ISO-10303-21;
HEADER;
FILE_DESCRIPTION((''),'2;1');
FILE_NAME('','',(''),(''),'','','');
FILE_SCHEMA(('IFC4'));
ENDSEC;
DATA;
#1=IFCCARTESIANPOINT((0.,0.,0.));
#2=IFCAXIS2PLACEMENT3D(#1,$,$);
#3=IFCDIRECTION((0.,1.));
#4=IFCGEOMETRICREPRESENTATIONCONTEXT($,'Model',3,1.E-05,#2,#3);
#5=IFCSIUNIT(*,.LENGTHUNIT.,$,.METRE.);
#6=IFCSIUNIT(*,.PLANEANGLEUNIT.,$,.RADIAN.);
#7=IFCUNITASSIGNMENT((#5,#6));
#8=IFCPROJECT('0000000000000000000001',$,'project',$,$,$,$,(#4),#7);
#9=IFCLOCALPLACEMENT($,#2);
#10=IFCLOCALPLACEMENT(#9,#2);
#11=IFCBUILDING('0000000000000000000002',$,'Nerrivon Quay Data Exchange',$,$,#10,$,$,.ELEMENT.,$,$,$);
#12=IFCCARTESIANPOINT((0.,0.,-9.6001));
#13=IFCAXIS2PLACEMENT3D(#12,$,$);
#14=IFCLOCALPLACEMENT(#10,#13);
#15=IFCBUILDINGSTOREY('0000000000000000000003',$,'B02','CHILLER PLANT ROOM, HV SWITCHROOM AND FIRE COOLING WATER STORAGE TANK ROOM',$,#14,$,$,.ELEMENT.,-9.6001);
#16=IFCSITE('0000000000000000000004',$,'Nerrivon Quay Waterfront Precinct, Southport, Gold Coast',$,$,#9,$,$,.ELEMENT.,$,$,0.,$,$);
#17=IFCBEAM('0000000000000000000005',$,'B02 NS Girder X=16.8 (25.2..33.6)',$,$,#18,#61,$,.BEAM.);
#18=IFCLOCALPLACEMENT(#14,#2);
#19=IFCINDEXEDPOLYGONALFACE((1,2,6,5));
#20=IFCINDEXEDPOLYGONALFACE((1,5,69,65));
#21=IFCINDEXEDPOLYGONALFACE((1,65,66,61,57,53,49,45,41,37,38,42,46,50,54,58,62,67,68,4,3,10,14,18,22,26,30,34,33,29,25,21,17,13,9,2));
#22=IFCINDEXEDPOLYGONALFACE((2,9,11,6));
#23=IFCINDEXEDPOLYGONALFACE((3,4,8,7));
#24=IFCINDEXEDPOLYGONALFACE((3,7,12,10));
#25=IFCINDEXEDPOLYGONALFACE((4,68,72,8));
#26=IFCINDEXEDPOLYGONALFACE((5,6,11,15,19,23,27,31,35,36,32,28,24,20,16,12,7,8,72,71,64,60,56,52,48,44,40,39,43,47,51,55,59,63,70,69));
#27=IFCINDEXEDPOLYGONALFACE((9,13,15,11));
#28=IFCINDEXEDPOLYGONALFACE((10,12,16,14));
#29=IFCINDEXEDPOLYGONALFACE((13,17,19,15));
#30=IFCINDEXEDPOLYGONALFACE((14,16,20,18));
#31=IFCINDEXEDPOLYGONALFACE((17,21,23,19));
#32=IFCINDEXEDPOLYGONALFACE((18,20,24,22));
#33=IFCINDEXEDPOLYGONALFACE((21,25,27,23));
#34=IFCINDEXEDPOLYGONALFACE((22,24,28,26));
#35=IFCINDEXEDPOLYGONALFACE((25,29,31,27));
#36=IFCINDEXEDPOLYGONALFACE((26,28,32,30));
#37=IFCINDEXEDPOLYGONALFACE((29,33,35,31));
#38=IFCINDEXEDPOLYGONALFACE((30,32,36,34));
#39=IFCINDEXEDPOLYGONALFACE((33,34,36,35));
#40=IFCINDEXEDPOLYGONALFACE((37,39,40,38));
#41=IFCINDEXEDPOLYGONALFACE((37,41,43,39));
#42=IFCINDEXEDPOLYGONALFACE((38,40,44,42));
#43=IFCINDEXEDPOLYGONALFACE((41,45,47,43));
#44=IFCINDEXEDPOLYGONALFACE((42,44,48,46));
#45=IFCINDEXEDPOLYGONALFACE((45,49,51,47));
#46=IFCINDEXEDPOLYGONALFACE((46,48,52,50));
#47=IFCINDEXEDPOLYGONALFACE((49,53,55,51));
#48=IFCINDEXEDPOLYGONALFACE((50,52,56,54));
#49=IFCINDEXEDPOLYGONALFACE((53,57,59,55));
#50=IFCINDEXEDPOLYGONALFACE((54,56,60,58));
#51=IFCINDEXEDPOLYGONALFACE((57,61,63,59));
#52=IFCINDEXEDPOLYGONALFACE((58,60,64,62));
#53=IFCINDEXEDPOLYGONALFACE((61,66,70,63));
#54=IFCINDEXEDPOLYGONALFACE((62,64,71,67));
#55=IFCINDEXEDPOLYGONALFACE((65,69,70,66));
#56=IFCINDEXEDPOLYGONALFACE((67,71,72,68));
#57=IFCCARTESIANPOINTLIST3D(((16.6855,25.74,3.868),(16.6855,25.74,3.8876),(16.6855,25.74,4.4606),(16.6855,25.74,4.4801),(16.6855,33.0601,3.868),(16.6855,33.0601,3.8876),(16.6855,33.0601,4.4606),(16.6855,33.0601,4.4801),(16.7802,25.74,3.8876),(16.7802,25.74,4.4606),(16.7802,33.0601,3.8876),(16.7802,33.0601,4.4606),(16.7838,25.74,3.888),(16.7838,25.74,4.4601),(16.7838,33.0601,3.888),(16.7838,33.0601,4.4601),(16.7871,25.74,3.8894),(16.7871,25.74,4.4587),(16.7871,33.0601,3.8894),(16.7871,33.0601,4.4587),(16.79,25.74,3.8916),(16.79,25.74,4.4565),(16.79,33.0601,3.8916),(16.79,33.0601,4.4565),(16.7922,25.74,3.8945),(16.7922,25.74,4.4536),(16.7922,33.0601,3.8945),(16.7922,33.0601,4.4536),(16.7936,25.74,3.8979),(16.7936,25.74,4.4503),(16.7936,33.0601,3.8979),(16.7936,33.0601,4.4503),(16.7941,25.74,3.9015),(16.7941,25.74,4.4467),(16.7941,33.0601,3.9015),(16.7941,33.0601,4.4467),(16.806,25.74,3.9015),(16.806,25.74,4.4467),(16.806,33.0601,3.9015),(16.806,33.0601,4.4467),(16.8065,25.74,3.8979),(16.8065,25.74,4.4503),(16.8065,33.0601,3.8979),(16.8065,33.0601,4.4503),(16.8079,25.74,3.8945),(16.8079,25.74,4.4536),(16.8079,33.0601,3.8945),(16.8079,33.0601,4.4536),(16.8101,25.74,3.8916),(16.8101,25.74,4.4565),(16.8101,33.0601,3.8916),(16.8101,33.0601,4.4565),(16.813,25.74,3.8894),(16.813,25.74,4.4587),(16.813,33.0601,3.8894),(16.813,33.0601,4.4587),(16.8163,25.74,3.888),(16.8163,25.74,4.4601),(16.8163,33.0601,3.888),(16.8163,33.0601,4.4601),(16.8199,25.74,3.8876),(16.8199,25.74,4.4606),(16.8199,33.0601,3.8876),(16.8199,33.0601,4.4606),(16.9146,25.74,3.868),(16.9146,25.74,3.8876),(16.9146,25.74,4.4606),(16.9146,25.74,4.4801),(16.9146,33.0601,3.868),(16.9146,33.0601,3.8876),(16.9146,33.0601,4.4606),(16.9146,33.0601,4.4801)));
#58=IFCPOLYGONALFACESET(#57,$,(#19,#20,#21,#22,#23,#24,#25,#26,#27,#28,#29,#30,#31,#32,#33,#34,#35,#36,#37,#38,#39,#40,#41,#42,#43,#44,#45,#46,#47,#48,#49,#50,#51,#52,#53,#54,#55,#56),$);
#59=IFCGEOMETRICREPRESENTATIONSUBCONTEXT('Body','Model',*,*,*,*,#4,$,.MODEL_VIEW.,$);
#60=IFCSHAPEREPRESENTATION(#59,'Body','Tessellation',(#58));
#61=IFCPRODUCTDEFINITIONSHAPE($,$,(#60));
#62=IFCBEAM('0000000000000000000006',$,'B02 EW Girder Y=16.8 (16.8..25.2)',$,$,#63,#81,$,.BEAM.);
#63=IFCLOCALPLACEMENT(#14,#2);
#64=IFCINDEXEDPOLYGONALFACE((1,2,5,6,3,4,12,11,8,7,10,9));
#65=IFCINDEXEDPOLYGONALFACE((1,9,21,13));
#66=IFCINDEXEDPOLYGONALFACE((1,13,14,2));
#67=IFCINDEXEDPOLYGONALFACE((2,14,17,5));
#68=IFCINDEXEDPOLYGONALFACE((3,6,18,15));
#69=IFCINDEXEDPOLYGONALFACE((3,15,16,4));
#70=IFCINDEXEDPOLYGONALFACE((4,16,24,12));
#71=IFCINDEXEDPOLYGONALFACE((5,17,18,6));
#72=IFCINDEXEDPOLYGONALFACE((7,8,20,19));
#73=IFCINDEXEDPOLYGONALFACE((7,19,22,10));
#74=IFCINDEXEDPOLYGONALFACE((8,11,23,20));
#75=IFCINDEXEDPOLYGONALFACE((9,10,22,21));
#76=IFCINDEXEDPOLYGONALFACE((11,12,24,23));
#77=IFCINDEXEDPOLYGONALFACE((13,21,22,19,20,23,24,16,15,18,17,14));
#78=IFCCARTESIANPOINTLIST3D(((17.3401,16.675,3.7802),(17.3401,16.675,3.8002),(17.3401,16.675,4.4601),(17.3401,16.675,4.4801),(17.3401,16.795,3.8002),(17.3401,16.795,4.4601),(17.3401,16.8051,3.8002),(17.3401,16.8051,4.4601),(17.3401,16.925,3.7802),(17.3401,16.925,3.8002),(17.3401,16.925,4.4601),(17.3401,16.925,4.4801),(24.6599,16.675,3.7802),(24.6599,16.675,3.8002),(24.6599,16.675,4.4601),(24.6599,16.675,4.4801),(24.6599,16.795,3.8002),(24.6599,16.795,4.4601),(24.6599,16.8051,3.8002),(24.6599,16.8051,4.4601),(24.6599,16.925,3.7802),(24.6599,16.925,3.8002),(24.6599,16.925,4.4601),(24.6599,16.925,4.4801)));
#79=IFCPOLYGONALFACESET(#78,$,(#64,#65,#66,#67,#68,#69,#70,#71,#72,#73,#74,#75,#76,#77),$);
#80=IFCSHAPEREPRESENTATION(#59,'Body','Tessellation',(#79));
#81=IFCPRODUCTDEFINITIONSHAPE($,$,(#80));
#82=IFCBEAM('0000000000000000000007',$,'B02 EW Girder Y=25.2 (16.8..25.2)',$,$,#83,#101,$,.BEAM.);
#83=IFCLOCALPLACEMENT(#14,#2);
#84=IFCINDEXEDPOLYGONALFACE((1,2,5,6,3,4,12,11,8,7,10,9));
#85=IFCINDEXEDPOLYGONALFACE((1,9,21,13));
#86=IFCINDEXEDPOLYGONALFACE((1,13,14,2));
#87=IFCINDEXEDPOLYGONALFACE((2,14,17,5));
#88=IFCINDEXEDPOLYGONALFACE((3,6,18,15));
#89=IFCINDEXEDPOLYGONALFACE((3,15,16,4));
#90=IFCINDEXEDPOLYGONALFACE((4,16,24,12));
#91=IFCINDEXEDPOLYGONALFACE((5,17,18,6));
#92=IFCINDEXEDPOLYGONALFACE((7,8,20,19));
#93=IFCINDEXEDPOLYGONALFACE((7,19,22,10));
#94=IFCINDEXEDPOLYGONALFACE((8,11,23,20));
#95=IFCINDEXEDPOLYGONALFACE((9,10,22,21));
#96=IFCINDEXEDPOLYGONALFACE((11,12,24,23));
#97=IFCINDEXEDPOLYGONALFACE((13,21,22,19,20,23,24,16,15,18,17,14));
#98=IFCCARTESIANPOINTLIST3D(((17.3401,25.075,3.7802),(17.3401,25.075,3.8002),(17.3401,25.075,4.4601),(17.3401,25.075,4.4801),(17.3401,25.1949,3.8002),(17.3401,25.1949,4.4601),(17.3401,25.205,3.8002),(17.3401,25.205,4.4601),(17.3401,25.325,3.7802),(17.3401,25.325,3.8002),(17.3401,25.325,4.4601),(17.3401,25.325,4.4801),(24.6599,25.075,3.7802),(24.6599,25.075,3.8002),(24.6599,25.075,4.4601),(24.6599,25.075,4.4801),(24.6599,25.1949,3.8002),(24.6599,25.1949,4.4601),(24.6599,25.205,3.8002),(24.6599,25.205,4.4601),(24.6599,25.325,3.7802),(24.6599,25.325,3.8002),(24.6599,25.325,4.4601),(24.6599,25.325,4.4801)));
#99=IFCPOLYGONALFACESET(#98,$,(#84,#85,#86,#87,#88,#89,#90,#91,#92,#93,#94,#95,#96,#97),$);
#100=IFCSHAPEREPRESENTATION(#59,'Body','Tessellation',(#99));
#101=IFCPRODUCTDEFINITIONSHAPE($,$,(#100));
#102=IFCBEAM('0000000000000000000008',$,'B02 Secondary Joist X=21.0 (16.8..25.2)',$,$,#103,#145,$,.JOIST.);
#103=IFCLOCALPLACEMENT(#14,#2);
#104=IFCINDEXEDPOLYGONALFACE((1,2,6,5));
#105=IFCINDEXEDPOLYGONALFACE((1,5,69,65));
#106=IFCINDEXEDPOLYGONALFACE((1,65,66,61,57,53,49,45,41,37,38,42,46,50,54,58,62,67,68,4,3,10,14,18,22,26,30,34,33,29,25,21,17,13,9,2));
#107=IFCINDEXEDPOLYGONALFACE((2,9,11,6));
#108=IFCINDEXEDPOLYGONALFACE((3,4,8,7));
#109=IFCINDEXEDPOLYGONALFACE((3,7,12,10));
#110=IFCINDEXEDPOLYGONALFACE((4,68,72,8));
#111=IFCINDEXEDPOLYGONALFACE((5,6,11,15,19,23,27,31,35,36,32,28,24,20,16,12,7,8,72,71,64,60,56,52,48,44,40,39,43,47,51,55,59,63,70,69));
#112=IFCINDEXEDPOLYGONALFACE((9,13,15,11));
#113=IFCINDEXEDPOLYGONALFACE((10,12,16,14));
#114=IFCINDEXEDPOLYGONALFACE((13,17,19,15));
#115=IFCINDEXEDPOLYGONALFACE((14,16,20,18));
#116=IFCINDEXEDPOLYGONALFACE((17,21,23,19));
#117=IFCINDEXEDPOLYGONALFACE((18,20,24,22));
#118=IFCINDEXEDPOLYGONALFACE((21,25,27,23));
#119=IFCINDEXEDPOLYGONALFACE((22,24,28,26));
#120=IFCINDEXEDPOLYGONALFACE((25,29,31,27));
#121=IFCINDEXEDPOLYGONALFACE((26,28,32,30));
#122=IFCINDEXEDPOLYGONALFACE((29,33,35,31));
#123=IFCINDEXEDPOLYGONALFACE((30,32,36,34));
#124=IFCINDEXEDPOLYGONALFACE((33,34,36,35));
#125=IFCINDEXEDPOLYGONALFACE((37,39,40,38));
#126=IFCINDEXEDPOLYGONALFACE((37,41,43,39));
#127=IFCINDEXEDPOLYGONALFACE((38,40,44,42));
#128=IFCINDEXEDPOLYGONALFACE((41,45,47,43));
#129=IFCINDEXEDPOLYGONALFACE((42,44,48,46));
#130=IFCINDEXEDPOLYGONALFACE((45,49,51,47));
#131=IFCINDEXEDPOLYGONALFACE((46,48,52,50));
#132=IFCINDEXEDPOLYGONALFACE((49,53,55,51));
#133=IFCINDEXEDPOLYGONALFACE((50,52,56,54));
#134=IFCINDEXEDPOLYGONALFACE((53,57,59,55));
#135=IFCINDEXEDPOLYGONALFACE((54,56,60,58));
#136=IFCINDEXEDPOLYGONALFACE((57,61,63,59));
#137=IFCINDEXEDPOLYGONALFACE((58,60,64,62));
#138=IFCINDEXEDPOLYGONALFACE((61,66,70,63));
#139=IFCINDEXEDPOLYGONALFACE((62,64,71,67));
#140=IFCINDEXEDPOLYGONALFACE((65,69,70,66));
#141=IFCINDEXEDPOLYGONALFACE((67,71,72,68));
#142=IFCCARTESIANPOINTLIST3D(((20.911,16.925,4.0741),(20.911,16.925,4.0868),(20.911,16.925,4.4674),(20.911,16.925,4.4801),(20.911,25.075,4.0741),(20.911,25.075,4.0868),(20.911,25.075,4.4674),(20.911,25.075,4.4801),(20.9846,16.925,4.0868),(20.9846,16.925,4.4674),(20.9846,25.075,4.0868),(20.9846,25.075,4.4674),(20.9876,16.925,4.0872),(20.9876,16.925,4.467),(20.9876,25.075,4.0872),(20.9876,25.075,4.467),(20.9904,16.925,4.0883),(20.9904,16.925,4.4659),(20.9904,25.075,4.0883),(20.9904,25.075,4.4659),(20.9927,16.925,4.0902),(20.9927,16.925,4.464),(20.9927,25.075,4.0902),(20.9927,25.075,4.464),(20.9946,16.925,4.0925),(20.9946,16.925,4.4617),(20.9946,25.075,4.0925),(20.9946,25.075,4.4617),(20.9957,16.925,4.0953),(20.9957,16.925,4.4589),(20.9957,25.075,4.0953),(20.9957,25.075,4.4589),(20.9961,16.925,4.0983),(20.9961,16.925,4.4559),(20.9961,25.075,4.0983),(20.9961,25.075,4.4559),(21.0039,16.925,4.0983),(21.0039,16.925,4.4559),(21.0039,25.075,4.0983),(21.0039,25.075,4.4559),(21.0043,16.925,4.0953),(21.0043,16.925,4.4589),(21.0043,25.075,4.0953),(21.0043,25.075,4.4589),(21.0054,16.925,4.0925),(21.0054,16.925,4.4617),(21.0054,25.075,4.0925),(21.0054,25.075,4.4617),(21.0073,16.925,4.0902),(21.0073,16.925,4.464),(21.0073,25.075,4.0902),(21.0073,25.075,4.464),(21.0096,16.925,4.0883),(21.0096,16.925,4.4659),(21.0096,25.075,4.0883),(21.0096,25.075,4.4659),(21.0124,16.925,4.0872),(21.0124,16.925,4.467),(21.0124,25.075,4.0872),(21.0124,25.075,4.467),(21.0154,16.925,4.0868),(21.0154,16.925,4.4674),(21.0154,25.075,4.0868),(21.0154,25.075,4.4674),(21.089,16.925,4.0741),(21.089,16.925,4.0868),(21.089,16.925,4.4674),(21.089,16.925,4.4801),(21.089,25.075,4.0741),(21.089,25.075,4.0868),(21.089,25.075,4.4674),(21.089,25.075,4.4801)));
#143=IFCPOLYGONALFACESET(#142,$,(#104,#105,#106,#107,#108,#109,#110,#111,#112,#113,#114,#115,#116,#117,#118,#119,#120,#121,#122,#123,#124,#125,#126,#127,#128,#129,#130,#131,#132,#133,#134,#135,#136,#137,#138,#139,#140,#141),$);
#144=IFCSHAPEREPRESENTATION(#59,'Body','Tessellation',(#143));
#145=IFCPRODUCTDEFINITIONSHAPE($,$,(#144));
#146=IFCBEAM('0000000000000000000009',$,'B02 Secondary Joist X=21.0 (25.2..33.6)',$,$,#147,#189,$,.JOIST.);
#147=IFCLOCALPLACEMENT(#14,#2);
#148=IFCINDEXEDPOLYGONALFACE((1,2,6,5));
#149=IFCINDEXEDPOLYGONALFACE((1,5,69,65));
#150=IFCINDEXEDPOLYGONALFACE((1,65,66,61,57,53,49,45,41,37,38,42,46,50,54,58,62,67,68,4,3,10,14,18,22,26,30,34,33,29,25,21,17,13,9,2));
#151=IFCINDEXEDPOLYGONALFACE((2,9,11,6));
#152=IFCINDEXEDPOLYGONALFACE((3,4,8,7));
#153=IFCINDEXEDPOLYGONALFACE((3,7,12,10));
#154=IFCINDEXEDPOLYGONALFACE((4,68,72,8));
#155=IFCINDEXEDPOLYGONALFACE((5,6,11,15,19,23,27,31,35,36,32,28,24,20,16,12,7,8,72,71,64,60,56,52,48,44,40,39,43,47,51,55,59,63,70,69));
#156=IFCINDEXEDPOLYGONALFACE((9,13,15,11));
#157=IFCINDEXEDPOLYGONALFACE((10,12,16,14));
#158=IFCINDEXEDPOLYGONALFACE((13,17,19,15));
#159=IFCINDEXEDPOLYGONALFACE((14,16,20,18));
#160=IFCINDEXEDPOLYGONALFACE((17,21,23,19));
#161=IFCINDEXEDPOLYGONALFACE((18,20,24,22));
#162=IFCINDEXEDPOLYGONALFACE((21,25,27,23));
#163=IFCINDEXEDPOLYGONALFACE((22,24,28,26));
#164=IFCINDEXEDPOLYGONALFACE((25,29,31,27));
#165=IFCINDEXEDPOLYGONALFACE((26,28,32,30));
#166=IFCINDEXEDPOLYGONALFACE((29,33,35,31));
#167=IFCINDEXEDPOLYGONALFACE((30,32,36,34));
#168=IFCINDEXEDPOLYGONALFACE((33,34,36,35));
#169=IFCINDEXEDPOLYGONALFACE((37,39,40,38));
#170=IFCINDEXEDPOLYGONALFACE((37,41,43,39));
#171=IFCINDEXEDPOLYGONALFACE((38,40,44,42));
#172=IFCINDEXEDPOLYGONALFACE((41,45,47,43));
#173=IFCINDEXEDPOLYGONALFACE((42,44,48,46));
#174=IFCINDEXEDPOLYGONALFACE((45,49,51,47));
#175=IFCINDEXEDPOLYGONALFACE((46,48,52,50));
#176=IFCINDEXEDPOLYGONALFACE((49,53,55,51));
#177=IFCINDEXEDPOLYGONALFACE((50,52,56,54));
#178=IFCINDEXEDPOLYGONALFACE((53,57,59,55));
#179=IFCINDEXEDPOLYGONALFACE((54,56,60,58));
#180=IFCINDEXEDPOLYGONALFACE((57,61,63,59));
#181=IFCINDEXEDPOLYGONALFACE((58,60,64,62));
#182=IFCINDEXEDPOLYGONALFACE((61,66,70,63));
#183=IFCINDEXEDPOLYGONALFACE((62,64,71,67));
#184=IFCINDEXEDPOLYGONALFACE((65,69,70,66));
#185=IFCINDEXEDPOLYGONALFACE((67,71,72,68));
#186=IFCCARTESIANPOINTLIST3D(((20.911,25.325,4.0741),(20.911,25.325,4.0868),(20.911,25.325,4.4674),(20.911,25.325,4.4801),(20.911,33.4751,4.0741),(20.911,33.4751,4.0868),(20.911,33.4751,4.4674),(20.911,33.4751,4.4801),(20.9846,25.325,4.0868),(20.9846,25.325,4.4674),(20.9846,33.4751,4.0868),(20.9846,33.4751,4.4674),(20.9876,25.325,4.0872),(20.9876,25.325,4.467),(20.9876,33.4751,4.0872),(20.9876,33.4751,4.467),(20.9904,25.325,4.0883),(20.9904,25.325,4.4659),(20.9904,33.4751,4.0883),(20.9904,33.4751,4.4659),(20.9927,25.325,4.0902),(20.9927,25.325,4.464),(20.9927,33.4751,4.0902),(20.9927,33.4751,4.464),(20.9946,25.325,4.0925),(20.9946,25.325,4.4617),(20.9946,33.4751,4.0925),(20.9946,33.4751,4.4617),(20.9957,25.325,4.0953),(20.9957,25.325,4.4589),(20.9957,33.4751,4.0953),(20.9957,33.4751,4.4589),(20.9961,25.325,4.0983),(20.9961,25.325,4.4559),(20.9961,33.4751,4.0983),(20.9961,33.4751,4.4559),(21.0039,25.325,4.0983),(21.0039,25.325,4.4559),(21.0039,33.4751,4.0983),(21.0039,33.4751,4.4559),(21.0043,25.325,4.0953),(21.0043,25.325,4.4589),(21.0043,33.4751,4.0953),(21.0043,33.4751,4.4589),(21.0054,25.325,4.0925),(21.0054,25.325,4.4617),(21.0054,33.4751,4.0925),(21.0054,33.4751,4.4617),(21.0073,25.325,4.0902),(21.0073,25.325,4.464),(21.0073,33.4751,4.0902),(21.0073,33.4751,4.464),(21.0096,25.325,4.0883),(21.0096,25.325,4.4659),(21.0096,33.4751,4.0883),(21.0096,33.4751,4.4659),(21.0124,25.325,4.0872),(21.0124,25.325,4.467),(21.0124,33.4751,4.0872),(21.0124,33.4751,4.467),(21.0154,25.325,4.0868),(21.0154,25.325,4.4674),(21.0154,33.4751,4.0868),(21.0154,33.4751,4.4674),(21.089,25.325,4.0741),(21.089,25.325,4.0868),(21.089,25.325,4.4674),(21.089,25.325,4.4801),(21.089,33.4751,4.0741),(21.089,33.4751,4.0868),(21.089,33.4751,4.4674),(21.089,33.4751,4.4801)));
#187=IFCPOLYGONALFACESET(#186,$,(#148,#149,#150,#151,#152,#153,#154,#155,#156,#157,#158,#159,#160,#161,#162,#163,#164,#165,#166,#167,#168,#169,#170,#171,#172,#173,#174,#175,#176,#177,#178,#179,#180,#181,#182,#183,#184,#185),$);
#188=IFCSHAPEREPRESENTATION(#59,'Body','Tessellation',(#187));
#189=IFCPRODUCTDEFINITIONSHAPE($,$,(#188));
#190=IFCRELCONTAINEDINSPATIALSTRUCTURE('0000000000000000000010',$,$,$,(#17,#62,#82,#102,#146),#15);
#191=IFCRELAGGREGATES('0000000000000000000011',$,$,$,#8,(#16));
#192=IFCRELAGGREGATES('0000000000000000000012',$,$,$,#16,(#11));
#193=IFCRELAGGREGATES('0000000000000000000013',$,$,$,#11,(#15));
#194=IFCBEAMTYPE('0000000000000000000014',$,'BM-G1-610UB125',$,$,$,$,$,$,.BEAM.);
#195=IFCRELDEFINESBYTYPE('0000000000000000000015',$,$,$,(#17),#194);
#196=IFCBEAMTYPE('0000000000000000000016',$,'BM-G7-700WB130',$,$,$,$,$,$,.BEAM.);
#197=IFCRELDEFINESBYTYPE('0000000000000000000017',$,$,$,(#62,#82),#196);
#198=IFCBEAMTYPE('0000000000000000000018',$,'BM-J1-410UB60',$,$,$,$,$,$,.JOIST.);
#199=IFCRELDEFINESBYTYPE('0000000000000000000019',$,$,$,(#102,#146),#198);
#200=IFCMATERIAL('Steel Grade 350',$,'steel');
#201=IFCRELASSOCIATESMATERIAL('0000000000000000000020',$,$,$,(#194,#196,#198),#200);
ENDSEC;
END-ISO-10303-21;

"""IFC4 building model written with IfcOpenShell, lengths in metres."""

from ifc_helpers import new_model, si_unit, direction, frame, origin, origin_2d, place, context, subcontext, project, spatial, i_section, extrude, material, material_profile, profile_set, type_object, element, save


model = new_model("IFC4")

# Units and contexts
model_context = context("Model", 3, precision=1e-05, world=origin(), true_north=direction((0.0, 1.0)))
body_context = subcontext(model_context, "Body", "Model", "MODEL_VIEW")
ifc_project = project(units=[si_unit("LENGTHUNIT", "METRE"), si_unit("PLANEANGLEUNIT", "RADIAN")], contexts=[model_context])

# Site, building, storey
site_placement = place(None, origin())
site = spatial("IfcSite", under=ifc_project, at=site_placement, Name="Nerrivon Quay Waterfront Precinct, Southport, Gold Coast", CompositionType="ELEMENT", RefElevation=0.0)
building_placement = place(site_placement, origin())
building = spatial("IfcBuilding", under=site, at=building_placement, Name="Nerrivon Quay Data Exchange", CompositionType="ELEMENT")
storey_placement = place(building_placement, frame((0.0, 0.0, -9.6001)))
storey = spatial("IfcBuildingStorey", under=building, at=storey_placement, Name="B02", Description="CHILLER PLANT ROOM, HV SWITCHROOM AND FIRE COOLING WATER STORAGE TANK ROOM", CompositionType="ELEMENT", Elevation=-9.6001)

# Beams
ifc_material_1 = material(Name="Steel Grade 350", Category="steel")
ifc_material_profile_1 = material_profile(ifc_material_1, i_section(OverallWidth=0.229, OverallDepth=0.6121, WebThickness=0.012, FlangeThickness=0.0195, FilletRadius=0.0139, at=origin_2d()), Name="610UB125")
ifc_profile_set_1 = profile_set([ifc_material_profile_1], Name="Steel Grade 350")
beam_type_1 = type_object("IfcBeamType", Name="BM-G1-610UB125", PredefinedType="BEAM", material=ifc_profile_set_1)
beam_1_placement = place(storey_placement, frame((16.8, 25.74, 4.1741), z_axis=(0.0, 1.0, 0.0), x_axis=(-1.0, 0.0, 0.0)))
element("IfcBeam", 1, at=beam_1_placement, inside=storey, type_object=beam_type_1, Name="B02 NS Girder X=16.8 (25.2..33.6)", PredefinedType="BEAM", context=body_context, shape_type="SweptSolid", body=[
    extrude(i_section(OverallWidth=0.229, OverallDepth=0.6121, WebThickness=0.012, FlangeThickness=0.0195, FilletRadius=0.0139, at=origin_2d()), origin(), (0.0, 0.0, 1.0), 7.3201),
])
ifc_material_profile_2 = material_profile(ifc_material_1, i_section(OverallWidth=0.25, OverallDepth=0.7, WebThickness=0.01, FlangeThickness=0.02, at=origin_2d()), Name="700WB130")
ifc_profile_set_2 = profile_set([ifc_material_profile_2], Name="Steel Grade 350")
beam_type_2 = type_object("IfcBeamType", Name="BM-G7-700WB130", PredefinedType="BEAM", material=ifc_profile_set_2)
for number, where, z_axis, x_axis, name in (
    (2, (17.3401, 16.8, 4.1301), (1.0, 0.0, 0.0), (0.0, 1.0, 0.0), "B02 EW Girder Y=16.8 (16.8..25.2)"),
    (3, (17.3401, 25.2, 4.1301), (1.0, 0.0, 0.0), (0.0, 1.0, 0.0), "B02 EW Girder Y=25.2 (16.8..25.2)"),
):
    element("IfcBeam", number, at=place(storey_placement, frame(where, z_axis=z_axis, x_axis=x_axis)), inside=storey, type_object=beam_type_2, Name=name, PredefinedType="BEAM", context=body_context, shape_type="SweptSolid", body=[
        extrude(i_section(OverallWidth=0.25, OverallDepth=0.7, WebThickness=0.01, FlangeThickness=0.02, at=origin_2d()), origin(), (0.0, 0.0, 1.0), 7.3198),
    ])
ifc_material_profile_3 = material_profile(ifc_material_1, i_section(OverallWidth=0.178, OverallDepth=0.406, WebThickness=0.0078, FlangeThickness=0.0127, FilletRadius=0.0115, at=origin_2d()), Name="410UB59.7")
ifc_profile_set_3 = profile_set([ifc_material_profile_3], Name="Steel Grade 350")
beam_type_3 = type_object("IfcBeamType", Name="BM-J1-410UB60", PredefinedType="JOIST", material=ifc_profile_set_3)
beam_2_placement = place(storey_placement, frame((21.0, 16.925, 4.2771), z_axis=(0.0, 1.0, 0.0), x_axis=(-1.0, 0.0, 0.0)))
element("IfcBeam", 4, at=beam_2_placement, inside=storey, type_object=beam_type_3, Name="B02 Secondary Joist X=21.0 (16.8..25.2)", PredefinedType="JOIST", context=body_context, shape_type="SweptSolid", body=[
    extrude(i_section(OverallWidth=0.178, OverallDepth=0.406, WebThickness=0.0078, FlangeThickness=0.0127, FilletRadius=0.0115, at=origin_2d()), origin(), (0.0, 0.0, 1.0), 8.1499),
])
beam_3_placement = place(storey_placement, frame((21.0, 25.325, 4.2771), z_axis=(0.0, 1.0, 0.0), x_axis=(-1.0, 0.0, 0.0)))
element("IfcBeam", 5, at=beam_3_placement, inside=storey, type_object=beam_type_3, Name="B02 Secondary Joist X=21.0 (25.2..33.6)", PredefinedType="JOIST", context=body_context, shape_type="SweptSolid", body=[
    extrude(i_section(OverallWidth=0.178, OverallDepth=0.406, WebThickness=0.0078, FlangeThickness=0.0127, FilletRadius=0.0115, at=origin_2d()), origin(), (0.0, 0.0, 1.0), 8.1501),
])

save(model, "model.ifc")
